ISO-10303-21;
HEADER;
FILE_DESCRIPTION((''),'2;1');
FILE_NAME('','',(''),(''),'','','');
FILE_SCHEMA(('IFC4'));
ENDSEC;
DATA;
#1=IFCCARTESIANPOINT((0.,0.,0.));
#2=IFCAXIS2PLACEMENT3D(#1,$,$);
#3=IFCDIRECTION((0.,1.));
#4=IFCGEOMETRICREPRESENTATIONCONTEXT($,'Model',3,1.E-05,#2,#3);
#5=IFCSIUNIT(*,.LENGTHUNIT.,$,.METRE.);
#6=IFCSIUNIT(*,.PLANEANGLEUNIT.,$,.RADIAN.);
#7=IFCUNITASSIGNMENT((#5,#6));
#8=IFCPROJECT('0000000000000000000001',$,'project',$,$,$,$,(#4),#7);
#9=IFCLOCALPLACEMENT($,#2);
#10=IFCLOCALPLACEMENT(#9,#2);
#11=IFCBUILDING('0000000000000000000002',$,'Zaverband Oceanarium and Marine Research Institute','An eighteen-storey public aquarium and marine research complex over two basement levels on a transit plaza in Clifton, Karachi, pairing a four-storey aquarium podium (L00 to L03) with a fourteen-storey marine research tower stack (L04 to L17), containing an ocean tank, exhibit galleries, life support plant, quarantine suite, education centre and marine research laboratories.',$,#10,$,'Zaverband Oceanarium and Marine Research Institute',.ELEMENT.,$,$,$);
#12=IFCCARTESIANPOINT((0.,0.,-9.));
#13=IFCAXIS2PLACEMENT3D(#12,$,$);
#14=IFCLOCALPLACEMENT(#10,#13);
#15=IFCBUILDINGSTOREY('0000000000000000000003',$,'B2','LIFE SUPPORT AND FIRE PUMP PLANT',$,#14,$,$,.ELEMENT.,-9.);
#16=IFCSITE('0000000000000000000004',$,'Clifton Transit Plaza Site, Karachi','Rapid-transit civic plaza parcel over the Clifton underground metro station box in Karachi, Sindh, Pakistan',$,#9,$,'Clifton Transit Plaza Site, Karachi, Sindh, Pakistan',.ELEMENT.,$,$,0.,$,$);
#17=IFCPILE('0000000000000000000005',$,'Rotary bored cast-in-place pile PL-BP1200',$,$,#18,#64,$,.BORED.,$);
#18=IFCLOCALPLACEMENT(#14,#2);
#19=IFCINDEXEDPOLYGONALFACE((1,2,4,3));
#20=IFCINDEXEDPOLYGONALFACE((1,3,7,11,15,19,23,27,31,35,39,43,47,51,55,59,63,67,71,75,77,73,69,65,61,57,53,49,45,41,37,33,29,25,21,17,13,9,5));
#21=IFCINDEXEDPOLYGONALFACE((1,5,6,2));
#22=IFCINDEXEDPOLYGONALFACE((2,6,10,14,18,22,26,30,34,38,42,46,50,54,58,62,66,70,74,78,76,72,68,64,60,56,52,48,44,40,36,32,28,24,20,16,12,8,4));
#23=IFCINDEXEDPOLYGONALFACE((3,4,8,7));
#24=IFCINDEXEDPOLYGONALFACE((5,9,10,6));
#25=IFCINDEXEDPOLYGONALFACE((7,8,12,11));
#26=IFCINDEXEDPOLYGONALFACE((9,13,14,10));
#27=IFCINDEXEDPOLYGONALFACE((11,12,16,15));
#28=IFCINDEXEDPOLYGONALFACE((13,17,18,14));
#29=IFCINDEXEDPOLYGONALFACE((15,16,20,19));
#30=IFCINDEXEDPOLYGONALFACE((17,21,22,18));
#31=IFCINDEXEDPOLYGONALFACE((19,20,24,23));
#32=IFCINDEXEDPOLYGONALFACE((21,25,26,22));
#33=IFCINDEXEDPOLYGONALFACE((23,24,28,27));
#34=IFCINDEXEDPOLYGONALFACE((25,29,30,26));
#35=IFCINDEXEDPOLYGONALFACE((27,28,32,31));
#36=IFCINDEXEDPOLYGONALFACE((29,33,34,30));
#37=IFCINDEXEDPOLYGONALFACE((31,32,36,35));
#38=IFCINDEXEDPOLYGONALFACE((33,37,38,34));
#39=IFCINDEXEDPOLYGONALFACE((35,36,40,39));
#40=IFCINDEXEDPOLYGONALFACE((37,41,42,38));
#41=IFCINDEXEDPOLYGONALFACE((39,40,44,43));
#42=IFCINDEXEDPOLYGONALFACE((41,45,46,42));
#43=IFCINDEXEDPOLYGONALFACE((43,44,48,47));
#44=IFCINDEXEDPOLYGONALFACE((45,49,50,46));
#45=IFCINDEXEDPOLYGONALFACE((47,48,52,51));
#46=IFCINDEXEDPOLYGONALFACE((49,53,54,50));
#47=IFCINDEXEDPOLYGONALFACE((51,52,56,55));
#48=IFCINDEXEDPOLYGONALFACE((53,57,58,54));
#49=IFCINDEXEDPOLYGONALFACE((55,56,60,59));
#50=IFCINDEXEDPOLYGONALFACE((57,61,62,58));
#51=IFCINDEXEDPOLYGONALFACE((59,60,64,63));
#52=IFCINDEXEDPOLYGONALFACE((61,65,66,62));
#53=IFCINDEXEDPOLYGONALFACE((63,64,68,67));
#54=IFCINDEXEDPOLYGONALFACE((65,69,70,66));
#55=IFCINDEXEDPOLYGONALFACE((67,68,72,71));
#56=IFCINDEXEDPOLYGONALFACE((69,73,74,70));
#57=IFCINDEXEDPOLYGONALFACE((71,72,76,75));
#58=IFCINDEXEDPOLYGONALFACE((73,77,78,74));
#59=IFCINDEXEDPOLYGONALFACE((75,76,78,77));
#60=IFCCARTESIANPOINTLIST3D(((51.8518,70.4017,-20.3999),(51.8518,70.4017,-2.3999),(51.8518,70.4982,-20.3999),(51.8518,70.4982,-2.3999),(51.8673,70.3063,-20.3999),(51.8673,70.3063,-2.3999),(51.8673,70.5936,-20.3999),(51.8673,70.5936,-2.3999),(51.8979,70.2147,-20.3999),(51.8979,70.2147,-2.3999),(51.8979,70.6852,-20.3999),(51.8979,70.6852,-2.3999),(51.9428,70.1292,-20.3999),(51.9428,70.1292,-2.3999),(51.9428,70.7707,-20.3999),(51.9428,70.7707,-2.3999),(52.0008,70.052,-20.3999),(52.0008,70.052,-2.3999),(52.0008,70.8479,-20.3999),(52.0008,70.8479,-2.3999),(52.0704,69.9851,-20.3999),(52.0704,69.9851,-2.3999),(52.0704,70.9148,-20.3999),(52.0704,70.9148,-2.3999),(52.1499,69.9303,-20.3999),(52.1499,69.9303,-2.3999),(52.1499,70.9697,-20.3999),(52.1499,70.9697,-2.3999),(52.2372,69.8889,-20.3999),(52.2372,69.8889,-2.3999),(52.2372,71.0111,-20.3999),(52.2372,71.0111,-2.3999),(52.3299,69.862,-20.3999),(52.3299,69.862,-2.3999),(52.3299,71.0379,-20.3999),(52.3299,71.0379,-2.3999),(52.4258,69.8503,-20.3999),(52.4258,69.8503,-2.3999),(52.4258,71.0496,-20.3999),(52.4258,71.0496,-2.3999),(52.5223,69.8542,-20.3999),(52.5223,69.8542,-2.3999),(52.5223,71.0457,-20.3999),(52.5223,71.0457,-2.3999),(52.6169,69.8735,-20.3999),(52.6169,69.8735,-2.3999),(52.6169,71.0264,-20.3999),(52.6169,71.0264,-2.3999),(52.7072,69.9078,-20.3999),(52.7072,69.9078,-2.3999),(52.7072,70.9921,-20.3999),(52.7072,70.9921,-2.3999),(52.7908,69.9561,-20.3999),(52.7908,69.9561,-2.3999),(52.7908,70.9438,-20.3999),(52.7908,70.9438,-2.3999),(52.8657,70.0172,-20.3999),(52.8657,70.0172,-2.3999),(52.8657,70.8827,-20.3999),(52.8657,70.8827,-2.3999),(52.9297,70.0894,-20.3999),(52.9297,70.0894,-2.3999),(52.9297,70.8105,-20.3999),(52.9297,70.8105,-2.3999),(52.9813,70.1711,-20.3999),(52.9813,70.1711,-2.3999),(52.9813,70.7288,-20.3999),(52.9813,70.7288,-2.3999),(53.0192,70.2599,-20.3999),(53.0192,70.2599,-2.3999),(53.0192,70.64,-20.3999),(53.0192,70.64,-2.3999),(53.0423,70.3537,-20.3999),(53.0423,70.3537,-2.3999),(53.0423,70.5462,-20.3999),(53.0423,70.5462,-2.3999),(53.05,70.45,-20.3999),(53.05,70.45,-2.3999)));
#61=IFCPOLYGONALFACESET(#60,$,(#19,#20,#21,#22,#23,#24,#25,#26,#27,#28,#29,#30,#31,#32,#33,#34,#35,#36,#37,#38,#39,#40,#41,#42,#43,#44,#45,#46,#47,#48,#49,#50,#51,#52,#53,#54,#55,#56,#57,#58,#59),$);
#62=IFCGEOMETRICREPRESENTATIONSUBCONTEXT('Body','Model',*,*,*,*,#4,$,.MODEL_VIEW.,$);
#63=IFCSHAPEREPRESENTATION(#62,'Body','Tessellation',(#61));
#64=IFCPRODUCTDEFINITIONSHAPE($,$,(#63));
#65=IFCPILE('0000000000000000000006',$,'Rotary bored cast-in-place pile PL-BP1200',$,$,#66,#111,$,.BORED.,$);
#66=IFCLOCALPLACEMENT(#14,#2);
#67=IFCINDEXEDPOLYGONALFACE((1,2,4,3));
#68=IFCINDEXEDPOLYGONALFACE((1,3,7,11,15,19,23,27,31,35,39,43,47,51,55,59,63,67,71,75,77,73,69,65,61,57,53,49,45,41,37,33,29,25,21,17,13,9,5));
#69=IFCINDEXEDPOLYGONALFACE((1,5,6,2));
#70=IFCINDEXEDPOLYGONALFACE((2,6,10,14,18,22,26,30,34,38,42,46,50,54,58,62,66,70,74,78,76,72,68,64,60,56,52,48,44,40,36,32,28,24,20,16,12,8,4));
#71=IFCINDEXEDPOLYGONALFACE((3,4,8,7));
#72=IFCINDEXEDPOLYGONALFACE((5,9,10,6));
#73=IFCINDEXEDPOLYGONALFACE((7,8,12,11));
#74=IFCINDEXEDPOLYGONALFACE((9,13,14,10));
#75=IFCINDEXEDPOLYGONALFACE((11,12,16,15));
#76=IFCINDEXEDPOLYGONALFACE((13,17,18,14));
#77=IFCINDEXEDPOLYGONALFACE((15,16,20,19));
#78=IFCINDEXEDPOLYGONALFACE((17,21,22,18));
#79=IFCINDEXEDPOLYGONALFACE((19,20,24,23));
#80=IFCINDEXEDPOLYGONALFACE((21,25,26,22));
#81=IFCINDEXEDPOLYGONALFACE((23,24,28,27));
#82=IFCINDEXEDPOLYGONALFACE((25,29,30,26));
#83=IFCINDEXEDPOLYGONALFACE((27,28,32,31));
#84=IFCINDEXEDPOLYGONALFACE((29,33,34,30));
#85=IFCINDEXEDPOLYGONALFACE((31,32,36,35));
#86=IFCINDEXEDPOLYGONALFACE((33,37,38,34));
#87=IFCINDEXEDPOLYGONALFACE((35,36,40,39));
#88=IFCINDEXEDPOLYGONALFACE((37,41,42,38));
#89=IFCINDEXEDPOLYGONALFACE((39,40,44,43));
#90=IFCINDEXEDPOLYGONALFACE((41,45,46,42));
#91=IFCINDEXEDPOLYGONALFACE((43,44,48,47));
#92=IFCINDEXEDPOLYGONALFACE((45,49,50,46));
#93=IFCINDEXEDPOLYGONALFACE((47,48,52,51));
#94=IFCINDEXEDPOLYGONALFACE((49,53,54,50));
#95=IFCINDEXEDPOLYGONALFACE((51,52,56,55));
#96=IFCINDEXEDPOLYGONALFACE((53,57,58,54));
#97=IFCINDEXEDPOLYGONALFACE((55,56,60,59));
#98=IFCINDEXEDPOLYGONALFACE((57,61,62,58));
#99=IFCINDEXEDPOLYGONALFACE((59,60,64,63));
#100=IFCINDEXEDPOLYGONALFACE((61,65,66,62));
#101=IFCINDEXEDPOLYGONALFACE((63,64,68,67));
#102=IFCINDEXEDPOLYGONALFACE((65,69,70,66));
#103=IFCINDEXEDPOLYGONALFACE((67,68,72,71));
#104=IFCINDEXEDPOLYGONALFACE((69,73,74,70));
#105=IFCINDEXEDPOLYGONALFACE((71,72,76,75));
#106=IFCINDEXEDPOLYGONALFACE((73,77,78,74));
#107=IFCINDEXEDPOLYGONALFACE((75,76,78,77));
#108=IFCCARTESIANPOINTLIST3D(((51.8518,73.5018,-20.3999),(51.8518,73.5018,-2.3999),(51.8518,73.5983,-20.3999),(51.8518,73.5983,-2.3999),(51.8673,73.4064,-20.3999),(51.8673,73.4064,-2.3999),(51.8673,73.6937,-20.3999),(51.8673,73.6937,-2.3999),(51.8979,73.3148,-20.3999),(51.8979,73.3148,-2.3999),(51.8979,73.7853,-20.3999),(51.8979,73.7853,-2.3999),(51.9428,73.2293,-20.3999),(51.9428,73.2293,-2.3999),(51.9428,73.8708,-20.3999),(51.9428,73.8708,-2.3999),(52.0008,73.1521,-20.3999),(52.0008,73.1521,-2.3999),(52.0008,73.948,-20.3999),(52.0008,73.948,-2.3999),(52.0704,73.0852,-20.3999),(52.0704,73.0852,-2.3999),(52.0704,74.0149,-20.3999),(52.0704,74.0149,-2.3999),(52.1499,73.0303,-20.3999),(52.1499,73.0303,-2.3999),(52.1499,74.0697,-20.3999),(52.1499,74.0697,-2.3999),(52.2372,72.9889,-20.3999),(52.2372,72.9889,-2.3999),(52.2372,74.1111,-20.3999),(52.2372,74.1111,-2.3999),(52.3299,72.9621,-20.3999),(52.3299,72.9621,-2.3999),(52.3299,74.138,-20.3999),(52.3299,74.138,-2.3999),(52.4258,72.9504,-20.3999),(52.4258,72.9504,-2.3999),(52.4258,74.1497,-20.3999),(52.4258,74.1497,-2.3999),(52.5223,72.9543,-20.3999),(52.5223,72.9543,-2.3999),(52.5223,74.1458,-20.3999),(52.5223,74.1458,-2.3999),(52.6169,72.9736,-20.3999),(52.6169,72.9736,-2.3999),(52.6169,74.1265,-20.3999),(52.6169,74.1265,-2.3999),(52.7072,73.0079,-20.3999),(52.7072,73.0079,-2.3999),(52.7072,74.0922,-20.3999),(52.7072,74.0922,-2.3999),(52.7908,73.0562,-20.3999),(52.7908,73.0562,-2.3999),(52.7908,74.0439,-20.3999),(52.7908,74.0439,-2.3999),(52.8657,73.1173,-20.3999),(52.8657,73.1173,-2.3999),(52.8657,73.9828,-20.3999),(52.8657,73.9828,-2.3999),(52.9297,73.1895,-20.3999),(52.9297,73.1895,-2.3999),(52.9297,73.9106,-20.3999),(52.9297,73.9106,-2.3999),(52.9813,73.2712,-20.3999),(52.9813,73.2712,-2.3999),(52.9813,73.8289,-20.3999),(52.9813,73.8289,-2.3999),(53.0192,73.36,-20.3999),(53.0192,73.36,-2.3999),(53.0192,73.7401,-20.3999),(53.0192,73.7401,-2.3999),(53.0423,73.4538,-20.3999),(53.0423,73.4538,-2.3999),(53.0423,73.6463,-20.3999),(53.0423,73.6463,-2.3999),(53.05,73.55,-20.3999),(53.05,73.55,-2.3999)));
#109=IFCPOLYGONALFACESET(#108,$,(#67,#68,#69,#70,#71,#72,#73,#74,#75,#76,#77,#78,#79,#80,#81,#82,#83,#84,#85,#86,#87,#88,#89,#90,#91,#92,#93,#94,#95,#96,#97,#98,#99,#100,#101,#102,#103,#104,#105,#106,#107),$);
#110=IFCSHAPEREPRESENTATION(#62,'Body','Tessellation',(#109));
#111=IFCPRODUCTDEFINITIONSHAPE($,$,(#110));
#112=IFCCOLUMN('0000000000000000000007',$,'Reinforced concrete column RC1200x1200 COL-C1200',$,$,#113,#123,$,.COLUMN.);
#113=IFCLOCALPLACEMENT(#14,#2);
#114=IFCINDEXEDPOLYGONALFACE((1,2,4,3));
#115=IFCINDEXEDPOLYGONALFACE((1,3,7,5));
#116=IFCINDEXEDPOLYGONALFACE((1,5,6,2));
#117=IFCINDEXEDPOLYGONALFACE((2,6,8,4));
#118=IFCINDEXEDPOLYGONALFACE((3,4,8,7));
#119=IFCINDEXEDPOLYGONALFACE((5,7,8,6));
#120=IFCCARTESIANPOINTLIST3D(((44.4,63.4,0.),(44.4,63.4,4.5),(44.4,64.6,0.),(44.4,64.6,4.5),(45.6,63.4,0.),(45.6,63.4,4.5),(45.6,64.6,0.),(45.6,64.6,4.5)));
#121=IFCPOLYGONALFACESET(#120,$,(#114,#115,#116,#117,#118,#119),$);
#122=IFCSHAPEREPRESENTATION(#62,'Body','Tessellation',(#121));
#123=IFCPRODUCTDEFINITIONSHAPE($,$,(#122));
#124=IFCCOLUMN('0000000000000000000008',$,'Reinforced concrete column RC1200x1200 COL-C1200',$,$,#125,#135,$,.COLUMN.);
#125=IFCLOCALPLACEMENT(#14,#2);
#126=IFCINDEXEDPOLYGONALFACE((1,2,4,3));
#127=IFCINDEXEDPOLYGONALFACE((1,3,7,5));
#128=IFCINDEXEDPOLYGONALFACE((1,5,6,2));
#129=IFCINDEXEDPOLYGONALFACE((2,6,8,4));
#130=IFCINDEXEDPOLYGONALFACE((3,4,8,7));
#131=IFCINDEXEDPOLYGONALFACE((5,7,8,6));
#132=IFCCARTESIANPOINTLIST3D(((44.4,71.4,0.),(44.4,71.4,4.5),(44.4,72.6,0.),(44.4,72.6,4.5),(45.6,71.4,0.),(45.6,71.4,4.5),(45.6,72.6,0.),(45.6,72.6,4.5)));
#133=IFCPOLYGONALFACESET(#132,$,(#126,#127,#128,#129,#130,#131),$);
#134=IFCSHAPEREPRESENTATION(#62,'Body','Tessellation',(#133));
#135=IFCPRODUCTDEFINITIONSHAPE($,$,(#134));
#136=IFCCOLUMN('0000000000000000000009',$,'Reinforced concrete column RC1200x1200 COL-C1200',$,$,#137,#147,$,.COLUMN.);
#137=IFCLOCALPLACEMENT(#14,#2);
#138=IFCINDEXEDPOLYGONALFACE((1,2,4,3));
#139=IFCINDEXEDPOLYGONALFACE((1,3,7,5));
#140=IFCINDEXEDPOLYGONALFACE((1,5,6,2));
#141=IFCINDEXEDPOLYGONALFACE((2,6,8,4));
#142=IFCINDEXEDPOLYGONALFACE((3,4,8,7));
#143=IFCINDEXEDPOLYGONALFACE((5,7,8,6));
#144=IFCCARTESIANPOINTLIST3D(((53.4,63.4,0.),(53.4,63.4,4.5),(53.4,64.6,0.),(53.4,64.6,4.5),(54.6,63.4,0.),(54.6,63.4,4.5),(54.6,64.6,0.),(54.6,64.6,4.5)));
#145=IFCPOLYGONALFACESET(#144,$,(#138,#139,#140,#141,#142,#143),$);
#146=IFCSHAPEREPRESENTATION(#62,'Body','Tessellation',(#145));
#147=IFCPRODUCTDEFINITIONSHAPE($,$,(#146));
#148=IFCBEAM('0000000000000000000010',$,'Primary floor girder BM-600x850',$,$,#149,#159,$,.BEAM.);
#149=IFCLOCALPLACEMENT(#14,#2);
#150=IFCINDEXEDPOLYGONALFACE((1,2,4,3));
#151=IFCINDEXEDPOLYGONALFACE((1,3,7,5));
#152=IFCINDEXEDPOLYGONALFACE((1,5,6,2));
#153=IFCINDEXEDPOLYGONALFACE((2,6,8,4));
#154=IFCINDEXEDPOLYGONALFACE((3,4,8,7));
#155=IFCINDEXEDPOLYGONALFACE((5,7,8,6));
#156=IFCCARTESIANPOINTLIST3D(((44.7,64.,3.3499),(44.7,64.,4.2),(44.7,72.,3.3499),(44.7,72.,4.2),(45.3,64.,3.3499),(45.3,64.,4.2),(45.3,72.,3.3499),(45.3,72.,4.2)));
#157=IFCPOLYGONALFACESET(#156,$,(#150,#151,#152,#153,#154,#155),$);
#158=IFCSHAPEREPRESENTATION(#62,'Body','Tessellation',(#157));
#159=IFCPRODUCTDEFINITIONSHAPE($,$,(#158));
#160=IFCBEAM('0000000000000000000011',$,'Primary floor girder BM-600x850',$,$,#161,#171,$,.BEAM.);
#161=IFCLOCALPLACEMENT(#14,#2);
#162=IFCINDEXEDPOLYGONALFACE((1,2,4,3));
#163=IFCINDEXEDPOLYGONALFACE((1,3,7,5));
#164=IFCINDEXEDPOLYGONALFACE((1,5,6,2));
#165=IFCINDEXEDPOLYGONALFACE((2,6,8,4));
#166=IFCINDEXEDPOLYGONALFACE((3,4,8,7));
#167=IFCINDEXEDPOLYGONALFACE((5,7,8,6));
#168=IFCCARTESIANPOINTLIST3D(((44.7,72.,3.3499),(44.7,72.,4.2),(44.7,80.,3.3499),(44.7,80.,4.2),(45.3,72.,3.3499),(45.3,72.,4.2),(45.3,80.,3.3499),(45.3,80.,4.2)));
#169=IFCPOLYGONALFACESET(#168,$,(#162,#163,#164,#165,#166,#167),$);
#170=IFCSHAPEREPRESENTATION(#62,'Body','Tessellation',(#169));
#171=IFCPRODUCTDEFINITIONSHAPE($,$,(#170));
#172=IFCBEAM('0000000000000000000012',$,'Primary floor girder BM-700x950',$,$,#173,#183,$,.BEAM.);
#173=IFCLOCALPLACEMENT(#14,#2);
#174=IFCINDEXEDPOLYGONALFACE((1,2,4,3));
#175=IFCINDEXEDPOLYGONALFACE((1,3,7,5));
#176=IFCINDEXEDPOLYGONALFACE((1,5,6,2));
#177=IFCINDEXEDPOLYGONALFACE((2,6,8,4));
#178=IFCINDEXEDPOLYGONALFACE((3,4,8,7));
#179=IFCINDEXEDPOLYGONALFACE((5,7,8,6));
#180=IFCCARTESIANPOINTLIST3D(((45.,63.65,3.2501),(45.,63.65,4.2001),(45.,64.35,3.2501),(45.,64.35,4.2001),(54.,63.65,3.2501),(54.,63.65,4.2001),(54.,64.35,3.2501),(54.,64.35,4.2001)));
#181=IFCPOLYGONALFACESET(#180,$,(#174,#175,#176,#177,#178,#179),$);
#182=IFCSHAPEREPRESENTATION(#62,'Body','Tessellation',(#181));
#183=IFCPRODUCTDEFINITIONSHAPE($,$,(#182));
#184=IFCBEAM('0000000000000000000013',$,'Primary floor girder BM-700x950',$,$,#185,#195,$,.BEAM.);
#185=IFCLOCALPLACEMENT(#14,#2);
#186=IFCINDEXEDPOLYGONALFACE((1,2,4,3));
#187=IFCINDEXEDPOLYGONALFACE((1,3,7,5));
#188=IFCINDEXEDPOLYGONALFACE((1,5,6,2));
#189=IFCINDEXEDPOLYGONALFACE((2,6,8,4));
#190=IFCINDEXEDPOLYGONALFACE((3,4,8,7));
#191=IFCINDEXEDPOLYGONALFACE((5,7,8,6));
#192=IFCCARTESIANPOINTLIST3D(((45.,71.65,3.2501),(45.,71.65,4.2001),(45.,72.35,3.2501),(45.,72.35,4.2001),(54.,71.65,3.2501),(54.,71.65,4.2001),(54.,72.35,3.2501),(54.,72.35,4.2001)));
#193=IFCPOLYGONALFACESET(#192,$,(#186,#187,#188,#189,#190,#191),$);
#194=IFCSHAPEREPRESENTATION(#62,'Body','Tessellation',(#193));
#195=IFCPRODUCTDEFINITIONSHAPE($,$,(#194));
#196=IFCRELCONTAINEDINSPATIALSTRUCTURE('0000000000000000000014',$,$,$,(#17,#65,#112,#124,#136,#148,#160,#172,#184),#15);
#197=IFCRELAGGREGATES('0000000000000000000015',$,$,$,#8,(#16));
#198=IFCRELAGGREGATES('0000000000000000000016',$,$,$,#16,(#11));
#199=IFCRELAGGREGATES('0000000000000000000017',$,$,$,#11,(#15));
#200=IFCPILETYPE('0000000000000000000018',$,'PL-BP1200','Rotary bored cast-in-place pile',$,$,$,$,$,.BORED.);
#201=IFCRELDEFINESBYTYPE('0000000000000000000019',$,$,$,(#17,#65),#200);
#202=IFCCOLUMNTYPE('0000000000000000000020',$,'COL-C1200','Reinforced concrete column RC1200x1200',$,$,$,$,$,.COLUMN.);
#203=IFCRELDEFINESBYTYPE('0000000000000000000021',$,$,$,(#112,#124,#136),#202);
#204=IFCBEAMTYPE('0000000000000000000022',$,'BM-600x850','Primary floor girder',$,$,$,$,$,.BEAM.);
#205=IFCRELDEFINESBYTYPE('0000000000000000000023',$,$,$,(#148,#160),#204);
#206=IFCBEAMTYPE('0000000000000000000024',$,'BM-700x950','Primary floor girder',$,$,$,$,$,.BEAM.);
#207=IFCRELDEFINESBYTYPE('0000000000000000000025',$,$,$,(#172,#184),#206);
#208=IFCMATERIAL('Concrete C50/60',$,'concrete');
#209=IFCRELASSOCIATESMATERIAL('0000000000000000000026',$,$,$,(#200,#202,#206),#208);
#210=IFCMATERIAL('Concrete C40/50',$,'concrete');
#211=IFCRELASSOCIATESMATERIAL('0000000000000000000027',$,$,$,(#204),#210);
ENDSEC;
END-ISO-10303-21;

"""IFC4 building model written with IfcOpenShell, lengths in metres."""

from ifc_helpers import new_model, si_unit, direction, frame, origin, origin_2d, place, context, subcontext, project, spatial, rectangle, circle, extrude, material, material_profile, profile_set, type_object, element, save


model = new_model("IFC4")

# Units and contexts
model_context = context("Model", 3, precision=1e-05, world=origin(), true_north=direction((0.0, 1.0)))
body_context = subcontext(model_context, "Body", "Model", "MODEL_VIEW")
ifc_project = project(units=[si_unit("LENGTHUNIT", "METRE"), si_unit("PLANEANGLEUNIT", "RADIAN")], contexts=[model_context])

# Site, building, storey
site_placement = place(None, origin())
site = spatial("IfcSite", under=ifc_project, at=site_placement, Name="Clifton Transit Plaza Site, Karachi", Description="Rapid-transit civic plaza parcel over the Clifton underground metro station box in Karachi, Sindh, Pakistan", LongName="Clifton Transit Plaza Site, Karachi, Sindh, Pakistan", CompositionType="ELEMENT", RefElevation=0.0)
building_placement = place(site_placement, origin())
building = spatial("IfcBuilding", under=site, at=building_placement, Name="Zaverband Oceanarium and Marine Research Institute", Description="An eighteen-storey public aquarium and marine research complex over two basement levels on a transit plaza in Clifton, Karachi, pairing a four-storey aquarium podium (L00 to L03) with a fourteen-storey marine research tower stack (L04 to L17), containing an ocean tank, exhibit galleries, life support plant, quarantine suite, education centre and marine research laboratories.", LongName="Zaverband Oceanarium and Marine Research Institute", CompositionType="ELEMENT")
storey_placement = place(building_placement, frame((0.0, 0.0, -9.0)))
storey = spatial("IfcBuildingStorey", under=building, at=storey_placement, Name="B2", Description="LIFE SUPPORT AND FIRE PUMP PLANT", CompositionType="ELEMENT", Elevation=-9.0)

# Shared definitions
ifc_material_1 = material(Name="Concrete C50/60", Category="concrete")

# Piles
ifc_material_profile_1 = material_profile(ifc_material_1, circle(Radius=0.6001, at=origin_2d()), Name="BP1200")
ifc_profile_set_1 = profile_set([ifc_material_profile_1], Name="Concrete C50/60")
pile_type = type_object("IfcPileType", Name="PL-BP1200", Description="Rotary bored cast-in-place pile", PredefinedType="BORED", material=ifc_profile_set_1)
for number, where, z_axis, x_axis, name in (
    (1, (52.45, 70.45, -2.3999), (0.0, 0.0, -1.0), (1.0, 0.0, 0.0), "Rotary bored cast-in-place pile PL-BP1200"),
    (2, (52.45, 73.55, -2.3999), (0.0, 0.0, -1.0), (1.0, 0.0, 0.0), "Rotary bored cast-in-place pile PL-BP1200"),
):
    element("IfcPile", number, at=place(storey_placement, frame(where, z_axis=z_axis, x_axis=x_axis)), inside=storey, type_object=pile_type, Name=name, PredefinedType="BORED", context=body_context, shape_type="SweptSolid", body=[
        extrude(circle(Radius=0.6001, at=origin_2d()), origin(), (0.0, 0.0, 1.0), 18.0),
    ])

# Columns
ifc_material_profile_2 = material_profile(ifc_material_1, rectangle(XDim=1.2, YDim=1.2, at=origin_2d()), Name="RC1200x1200")
ifc_profile_set_2 = profile_set([ifc_material_profile_2], Name="Concrete C50/60")
column_type = type_object("IfcColumnType", Name="COL-C1200", Description="Reinforced concrete column RC1200x1200", PredefinedType="COLUMN", material=ifc_profile_set_2)
for number, where, z_axis, x_axis, name in (
    (3, (45.0, 64.0, 0.0), (0.0, 0.0, 1.0), (1.0, 0.0, 0.0), "Reinforced concrete column RC1200x1200 COL-C1200"),
    (4, (45.0, 72.0, 0.0), (0.0, 0.0, 1.0), (1.0, 0.0, 0.0), "Reinforced concrete column RC1200x1200 COL-C1200"),
    (5, (54.0, 64.0, 0.0), (0.0, 0.0, 1.0), (1.0, 0.0, 0.0), "Reinforced concrete column RC1200x1200 COL-C1200"),
):
    element("IfcColumn", number, at=place(storey_placement, frame(where, z_axis=z_axis, x_axis=x_axis)), inside=storey, type_object=column_type, Name=name, PredefinedType="COLUMN", context=body_context, shape_type="SweptSolid", body=[
        extrude(rectangle(XDim=1.2, YDim=1.2, at=origin_2d()), origin(), (0.0, 0.0, 1.0), 4.5),
    ])

# Beams
ifc_material_2 = material(Name="Concrete C40/50", Category="concrete")
ifc_material_profile_3 = material_profile(ifc_material_2, rectangle(XDim=0.6001, YDim=0.8501, at=origin_2d()), Name="RC600x850")
ifc_profile_set_3 = profile_set([ifc_material_profile_3], Name="Concrete C40/50")
beam_type_1 = type_object("IfcBeamType", Name="BM-600x850", Description="Primary floor girder", PredefinedType="BEAM", material=ifc_profile_set_3)
for number, where, z_axis, x_axis, name in (
    (6, (45.0, 64.0, 3.7749), (0.0, 1.0, 0.0), (-1.0, 0.0, 0.0), "Primary floor girder BM-600x850"),
    (7, (45.0, 72.0, 3.7749), (0.0, 1.0, 0.0), (-1.0, 0.0, 0.0), "Primary floor girder BM-600x850"),
):
    element("IfcBeam", number, at=place(storey_placement, frame(where, z_axis=z_axis, x_axis=x_axis)), inside=storey, type_object=beam_type_1, Name=name, PredefinedType="BEAM", context=body_context, shape_type="SweptSolid", body=[
        extrude(rectangle(XDim=0.6001, YDim=0.8501, at=origin_2d()), origin(), (0.0, 0.0, 1.0), 8.0),
    ])
ifc_material_profile_4 = material_profile(ifc_material_1, rectangle(XDim=0.7, YDim=0.95, at=origin_2d()), Name="RC700x950")
ifc_profile_set_4 = profile_set([ifc_material_profile_4], Name="Concrete C50/60")
beam_type_2 = type_object("IfcBeamType", Name="BM-700x950", Description="Primary floor girder", PredefinedType="BEAM", material=ifc_profile_set_4)
for number, where, z_axis, x_axis, name in (
    (8, (45.0, 64.0, 3.7251), (1.0, 0.0, 0.0), (0.0, 1.0, 0.0), "Primary floor girder BM-700x950"),
    (9, (45.0, 72.0, 3.7251), (1.0, 0.0, 0.0), (0.0, 1.0, 0.0), "Primary floor girder BM-700x950"),
):
    element("IfcBeam", number, at=place(storey_placement, frame(where, z_axis=z_axis, x_axis=x_axis)), inside=storey, type_object=beam_type_2, Name=name, PredefinedType="BEAM", context=body_context, shape_type="SweptSolid", body=[
        extrude(rectangle(XDim=0.7, YDim=0.95, at=origin_2d()), origin(), (0.0, 0.0, 1.0), 9.0),
    ])

save(model, "model.ifc")
